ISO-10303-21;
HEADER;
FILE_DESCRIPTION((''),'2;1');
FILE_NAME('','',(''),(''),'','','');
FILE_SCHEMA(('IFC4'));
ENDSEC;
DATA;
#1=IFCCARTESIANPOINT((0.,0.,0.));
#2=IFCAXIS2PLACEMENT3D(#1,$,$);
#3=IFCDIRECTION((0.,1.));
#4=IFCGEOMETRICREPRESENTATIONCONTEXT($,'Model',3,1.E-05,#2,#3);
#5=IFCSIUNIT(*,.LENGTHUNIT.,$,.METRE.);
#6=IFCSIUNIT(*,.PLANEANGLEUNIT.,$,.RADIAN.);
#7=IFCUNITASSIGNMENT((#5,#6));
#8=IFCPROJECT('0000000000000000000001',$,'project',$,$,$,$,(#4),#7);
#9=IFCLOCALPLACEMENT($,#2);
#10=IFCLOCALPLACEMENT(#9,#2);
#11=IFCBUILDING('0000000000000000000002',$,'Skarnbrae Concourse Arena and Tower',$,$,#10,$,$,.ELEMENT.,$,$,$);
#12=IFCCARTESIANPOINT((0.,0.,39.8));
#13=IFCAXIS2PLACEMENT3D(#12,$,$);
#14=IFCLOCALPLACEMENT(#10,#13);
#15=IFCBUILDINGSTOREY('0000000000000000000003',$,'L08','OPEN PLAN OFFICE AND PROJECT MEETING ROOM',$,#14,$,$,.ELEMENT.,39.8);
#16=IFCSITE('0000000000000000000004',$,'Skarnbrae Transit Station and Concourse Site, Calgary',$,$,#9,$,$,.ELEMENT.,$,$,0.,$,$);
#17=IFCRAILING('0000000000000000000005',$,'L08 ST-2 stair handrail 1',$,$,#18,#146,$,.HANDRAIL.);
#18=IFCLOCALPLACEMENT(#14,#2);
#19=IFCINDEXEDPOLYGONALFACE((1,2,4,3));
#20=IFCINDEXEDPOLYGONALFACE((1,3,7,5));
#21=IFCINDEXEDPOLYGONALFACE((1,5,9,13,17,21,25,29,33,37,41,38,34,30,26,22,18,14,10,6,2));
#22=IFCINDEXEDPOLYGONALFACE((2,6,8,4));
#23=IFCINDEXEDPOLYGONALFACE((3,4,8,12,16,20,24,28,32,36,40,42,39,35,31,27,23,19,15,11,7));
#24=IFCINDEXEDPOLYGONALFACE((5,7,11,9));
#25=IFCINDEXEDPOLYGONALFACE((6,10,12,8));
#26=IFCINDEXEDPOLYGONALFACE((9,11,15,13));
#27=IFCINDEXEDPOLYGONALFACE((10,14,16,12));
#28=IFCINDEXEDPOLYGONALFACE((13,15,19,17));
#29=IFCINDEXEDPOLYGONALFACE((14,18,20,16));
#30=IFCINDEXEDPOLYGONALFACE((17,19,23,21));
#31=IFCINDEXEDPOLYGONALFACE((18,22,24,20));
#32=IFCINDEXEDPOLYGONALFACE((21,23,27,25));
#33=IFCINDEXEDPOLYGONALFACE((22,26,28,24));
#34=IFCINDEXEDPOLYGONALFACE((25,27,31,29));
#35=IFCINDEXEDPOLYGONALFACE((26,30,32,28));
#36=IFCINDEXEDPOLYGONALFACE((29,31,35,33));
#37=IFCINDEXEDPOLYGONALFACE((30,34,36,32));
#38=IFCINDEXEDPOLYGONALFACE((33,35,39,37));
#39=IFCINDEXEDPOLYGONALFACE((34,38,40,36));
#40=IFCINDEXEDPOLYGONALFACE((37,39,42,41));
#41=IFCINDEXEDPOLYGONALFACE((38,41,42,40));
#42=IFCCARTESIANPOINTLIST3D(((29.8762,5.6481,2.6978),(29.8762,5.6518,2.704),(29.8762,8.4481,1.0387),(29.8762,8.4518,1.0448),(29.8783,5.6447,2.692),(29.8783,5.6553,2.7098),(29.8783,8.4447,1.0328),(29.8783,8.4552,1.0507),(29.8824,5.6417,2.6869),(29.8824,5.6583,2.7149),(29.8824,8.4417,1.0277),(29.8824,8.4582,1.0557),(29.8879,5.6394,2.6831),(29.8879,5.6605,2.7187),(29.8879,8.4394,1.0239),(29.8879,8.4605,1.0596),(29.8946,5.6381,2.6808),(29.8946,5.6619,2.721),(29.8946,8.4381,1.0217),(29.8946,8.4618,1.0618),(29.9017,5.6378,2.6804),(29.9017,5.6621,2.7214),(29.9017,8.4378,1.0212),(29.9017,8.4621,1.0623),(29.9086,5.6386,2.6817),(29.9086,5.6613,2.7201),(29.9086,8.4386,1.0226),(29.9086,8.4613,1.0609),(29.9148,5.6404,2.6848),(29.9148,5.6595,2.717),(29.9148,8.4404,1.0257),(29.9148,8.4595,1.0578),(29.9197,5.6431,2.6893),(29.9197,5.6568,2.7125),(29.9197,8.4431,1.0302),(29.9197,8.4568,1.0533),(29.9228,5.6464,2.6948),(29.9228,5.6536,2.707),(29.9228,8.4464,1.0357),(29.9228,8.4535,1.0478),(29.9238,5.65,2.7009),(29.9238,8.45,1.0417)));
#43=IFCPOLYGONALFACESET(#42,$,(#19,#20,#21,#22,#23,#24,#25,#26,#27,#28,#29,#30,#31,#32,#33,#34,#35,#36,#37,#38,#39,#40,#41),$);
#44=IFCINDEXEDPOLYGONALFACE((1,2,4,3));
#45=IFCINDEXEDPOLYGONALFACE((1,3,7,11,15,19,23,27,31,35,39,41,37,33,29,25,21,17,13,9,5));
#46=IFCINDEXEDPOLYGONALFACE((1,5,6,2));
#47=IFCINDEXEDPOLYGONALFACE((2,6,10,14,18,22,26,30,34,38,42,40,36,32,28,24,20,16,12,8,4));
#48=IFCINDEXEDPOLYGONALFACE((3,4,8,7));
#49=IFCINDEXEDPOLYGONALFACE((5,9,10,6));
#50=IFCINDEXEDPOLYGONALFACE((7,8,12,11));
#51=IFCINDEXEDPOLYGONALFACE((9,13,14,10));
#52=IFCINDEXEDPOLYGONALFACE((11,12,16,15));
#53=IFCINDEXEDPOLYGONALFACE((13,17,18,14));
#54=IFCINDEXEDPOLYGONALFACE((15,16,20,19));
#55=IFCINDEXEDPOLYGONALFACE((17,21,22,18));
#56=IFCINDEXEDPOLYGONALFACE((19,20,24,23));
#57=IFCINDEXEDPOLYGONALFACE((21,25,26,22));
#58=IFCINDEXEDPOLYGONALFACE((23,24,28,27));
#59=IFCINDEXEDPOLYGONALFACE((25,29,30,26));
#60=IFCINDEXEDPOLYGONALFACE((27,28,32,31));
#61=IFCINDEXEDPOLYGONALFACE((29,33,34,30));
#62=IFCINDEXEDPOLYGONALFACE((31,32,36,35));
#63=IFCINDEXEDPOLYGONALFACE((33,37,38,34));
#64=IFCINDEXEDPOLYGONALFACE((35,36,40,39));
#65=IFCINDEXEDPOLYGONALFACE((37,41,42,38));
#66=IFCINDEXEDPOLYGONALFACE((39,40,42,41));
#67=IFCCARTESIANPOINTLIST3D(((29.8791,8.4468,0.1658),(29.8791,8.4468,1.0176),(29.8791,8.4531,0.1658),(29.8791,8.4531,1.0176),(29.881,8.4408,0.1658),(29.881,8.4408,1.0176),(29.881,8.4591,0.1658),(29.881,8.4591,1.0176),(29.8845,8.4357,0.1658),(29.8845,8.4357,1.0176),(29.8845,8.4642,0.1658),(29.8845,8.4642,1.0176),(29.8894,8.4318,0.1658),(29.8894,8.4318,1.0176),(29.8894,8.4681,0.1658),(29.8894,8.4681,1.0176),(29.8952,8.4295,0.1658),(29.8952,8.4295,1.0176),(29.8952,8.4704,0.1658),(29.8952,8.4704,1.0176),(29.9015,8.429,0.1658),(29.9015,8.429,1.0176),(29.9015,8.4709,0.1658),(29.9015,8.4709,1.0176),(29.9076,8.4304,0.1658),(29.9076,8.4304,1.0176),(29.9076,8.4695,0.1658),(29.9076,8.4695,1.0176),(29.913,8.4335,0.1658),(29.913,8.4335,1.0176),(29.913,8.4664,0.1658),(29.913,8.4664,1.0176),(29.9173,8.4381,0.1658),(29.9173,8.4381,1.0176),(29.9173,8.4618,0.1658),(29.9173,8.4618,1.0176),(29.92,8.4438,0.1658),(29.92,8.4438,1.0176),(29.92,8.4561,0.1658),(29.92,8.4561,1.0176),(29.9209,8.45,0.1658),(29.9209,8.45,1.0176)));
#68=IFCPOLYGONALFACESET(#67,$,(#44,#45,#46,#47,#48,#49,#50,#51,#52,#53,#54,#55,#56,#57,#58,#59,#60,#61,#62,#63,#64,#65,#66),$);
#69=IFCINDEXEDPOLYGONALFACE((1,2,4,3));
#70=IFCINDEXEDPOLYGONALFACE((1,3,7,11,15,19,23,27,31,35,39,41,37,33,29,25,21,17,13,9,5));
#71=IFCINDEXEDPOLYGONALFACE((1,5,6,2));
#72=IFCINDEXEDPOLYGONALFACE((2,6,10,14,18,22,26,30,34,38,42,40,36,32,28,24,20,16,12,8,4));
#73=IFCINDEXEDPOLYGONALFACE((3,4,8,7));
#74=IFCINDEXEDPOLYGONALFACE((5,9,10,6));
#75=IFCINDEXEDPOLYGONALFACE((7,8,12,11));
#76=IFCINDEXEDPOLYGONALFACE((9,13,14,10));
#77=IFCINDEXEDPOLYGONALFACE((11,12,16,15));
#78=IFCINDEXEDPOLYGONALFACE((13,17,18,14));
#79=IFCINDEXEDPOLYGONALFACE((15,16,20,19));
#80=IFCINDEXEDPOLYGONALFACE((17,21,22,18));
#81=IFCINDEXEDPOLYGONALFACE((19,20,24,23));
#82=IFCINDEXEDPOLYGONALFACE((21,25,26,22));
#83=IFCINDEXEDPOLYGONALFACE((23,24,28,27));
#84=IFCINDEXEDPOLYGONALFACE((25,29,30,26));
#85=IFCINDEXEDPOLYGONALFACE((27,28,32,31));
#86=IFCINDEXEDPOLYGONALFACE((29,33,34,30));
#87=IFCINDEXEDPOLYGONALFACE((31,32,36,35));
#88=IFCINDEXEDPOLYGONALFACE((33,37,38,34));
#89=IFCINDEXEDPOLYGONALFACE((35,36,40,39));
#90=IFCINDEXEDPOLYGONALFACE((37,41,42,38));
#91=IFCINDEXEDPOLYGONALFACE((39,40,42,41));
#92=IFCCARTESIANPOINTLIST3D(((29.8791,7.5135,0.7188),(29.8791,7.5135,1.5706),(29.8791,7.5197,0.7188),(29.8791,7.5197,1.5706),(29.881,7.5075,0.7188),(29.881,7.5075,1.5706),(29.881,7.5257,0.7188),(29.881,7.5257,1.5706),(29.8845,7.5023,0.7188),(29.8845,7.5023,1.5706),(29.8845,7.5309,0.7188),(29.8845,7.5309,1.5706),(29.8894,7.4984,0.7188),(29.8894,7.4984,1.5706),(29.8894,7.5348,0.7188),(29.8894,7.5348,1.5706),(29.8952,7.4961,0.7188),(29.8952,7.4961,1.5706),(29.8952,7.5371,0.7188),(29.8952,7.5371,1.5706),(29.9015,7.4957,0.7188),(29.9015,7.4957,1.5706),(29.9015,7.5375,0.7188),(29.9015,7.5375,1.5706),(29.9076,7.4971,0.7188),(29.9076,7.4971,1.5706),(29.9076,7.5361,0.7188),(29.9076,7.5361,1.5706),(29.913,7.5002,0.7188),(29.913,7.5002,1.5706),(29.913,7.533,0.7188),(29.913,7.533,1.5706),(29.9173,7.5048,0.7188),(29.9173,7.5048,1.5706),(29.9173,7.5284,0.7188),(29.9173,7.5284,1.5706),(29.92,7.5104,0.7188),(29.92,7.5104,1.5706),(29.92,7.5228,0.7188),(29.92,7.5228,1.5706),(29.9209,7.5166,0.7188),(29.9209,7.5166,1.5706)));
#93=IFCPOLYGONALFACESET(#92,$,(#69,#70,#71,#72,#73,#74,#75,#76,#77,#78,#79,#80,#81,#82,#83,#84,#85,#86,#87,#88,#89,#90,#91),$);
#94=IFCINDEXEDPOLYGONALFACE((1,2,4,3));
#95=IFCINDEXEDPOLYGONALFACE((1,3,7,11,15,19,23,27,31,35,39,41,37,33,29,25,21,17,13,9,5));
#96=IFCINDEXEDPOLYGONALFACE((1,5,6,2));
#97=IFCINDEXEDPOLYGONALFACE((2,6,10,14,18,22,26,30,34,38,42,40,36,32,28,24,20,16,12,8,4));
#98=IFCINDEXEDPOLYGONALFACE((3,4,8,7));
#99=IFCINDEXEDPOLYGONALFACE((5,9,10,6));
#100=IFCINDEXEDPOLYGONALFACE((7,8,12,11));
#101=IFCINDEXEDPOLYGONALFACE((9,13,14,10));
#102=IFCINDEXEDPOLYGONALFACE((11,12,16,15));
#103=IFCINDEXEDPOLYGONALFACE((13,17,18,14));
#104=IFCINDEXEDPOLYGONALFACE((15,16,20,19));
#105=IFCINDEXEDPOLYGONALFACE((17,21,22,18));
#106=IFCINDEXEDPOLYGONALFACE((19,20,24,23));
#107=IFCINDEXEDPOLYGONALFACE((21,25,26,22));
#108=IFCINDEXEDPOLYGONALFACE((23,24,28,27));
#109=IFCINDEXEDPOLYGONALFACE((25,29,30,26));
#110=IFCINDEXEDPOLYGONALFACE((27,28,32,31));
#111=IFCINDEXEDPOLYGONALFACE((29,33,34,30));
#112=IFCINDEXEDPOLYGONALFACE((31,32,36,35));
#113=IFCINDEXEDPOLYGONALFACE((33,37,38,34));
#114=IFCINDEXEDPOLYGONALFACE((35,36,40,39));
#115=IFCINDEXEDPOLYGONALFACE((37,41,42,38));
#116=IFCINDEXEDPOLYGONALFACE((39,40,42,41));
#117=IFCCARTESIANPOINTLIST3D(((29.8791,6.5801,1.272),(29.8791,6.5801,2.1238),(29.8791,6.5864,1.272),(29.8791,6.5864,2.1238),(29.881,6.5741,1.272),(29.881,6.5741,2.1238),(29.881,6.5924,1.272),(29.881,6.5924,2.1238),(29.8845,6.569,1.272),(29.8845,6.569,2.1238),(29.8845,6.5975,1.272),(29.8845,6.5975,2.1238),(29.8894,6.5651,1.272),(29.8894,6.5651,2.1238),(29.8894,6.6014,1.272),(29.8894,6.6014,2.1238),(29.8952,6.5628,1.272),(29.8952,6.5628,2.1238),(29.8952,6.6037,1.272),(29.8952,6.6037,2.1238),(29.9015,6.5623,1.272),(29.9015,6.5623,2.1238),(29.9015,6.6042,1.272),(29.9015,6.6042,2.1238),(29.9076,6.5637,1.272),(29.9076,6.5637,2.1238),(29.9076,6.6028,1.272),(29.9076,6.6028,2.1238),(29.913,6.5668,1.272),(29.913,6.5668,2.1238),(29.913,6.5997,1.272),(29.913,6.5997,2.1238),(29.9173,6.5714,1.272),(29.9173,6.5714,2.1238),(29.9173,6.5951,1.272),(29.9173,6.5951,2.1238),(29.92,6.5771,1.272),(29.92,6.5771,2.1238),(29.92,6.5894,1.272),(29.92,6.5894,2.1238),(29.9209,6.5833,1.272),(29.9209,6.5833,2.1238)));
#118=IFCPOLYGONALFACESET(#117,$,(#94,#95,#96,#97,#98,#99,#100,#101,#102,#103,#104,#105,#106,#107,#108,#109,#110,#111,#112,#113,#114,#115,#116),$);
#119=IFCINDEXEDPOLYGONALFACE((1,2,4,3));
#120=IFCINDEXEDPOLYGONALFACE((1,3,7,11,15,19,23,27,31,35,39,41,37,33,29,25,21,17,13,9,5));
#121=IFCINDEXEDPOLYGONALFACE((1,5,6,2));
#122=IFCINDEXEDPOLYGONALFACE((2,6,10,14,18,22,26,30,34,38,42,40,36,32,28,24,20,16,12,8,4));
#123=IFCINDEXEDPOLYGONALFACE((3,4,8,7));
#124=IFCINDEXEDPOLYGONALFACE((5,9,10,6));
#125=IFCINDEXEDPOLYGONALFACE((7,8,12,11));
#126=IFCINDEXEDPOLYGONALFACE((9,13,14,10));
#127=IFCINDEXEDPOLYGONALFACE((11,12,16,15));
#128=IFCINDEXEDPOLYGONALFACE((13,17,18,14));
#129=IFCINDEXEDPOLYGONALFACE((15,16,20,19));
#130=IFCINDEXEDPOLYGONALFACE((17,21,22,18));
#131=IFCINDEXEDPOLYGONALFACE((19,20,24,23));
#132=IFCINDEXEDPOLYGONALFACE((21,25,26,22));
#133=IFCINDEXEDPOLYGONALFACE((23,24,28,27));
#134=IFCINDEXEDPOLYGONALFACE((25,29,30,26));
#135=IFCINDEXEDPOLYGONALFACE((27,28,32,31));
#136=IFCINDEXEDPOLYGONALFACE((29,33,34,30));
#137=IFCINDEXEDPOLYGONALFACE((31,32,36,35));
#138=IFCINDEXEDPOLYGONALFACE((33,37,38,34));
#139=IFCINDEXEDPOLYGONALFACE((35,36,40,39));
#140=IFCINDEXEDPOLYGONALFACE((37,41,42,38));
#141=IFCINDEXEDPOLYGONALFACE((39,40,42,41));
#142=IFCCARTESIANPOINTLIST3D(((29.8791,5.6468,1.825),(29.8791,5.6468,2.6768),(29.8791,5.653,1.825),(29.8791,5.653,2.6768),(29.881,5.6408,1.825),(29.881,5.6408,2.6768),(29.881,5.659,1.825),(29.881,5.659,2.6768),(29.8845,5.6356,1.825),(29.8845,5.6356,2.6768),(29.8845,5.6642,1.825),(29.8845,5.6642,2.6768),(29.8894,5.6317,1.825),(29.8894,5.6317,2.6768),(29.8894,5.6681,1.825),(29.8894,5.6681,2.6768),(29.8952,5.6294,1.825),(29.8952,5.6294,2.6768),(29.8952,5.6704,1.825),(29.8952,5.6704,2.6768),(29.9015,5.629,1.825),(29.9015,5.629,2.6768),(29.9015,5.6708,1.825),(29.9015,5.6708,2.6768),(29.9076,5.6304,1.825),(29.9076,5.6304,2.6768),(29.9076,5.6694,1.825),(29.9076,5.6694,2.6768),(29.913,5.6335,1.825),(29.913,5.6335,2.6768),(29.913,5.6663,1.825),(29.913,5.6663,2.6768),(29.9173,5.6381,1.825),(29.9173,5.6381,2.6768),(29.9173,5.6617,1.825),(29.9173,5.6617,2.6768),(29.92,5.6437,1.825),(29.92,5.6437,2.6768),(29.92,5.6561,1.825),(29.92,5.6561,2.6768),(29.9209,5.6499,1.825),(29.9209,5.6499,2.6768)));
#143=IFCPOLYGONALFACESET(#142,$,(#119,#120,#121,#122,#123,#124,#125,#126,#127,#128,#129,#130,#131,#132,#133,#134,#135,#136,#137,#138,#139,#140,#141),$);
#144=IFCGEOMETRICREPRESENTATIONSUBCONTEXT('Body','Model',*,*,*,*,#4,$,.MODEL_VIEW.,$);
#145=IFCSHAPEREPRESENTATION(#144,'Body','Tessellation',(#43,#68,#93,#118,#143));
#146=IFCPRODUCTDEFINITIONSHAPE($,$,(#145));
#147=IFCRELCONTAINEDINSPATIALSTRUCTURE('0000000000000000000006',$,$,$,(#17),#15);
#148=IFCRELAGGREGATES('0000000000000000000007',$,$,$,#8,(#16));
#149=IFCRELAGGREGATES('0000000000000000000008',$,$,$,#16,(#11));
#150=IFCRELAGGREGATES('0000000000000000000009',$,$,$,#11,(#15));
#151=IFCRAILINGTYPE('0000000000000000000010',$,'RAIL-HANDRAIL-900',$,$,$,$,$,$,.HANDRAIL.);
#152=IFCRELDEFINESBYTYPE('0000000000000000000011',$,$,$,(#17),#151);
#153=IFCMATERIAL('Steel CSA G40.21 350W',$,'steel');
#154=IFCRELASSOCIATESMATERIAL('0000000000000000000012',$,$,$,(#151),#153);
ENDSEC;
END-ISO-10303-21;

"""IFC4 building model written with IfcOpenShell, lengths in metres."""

from ifc_helpers import new_model, si_unit, direction, frame, origin, origin_2d, place, context, subcontext, project, spatial, circle, extrude, material, type_object, element, save


model = new_model("IFC4")

# Units and contexts
model_context = context("Model", 3, precision=1e-05, world=origin(), true_north=direction((0.0, 1.0)))
body_context = subcontext(model_context, "Body", "Model", "MODEL_VIEW")
ifc_project = project(units=[si_unit("LENGTHUNIT", "METRE"), si_unit("PLANEANGLEUNIT", "RADIAN")], contexts=[model_context])

# Site, building, storey
site_placement = place(None, origin())
site = spatial("IfcSite", under=ifc_project, at=site_placement, Name="Skarnbrae Transit Station and Concourse Site, Calgary", CompositionType="ELEMENT", RefElevation=0.0)
building_placement = place(site_placement, origin())
building = spatial("IfcBuilding", under=site, at=building_placement, Name="Skarnbrae Concourse Arena and Tower", CompositionType="ELEMENT")
storey_placement = place(building_placement, frame((0.0, 0.0, 39.8)))
storey = spatial("IfcBuildingStorey", under=building, at=storey_placement, Name="L08", Description="OPEN PLAN OFFICE AND PROJECT MEETING ROOM", CompositionType="ELEMENT", Elevation=39.8)

# Shared definitions
ifc_material_1 = material(Name="Steel CSA G40.21 350W", Category="steel")

# Railing
railing_type_1 = type_object("IfcRailingType", Name="RAIL-HANDRAIL-900", PredefinedType="HANDRAIL", material=ifc_material_1)
railing_1_placement = place(storey_placement, frame((29.8999, 8.45, 0.1658)))
element("IfcRailing", 1, at=railing_1_placement, inside=storey, type_object=railing_type_1, Name="L08 ST-2 stair handrail 1", PredefinedType="HANDRAIL", context=body_context, shape_type="SweptSolid", body=[
    extrude(circle(Radius=0.0239, at=origin_2d()), frame((0.0, 0.0, 0.876), z_axis=(0.0, -0.860306, 0.509778), x_axis=(1.0, 0.0, 0.0)), (0.0, 0.0, 1.0), 3.2546),
    extrude(circle(Radius=0.021, at=origin_2d()), origin(), (0.0, 0.0, 1.0), 0.8518),
    extrude(circle(Radius=0.021, at=origin_2d()), frame((0.0, -0.9333, 0.553)), (0.0, 0.0, 1.0), 0.8518),
    extrude(circle(Radius=0.021, at=origin_2d()), frame((0.0, -1.8667, 1.1062)), (0.0, 0.0, 1.0), 0.8518),
    extrude(circle(Radius=0.021, at=origin_2d()), frame((0.0, -2.8, 1.6592)), (0.0, 0.0, 1.0), 0.8518),
])

save(model, "model.ifc")
